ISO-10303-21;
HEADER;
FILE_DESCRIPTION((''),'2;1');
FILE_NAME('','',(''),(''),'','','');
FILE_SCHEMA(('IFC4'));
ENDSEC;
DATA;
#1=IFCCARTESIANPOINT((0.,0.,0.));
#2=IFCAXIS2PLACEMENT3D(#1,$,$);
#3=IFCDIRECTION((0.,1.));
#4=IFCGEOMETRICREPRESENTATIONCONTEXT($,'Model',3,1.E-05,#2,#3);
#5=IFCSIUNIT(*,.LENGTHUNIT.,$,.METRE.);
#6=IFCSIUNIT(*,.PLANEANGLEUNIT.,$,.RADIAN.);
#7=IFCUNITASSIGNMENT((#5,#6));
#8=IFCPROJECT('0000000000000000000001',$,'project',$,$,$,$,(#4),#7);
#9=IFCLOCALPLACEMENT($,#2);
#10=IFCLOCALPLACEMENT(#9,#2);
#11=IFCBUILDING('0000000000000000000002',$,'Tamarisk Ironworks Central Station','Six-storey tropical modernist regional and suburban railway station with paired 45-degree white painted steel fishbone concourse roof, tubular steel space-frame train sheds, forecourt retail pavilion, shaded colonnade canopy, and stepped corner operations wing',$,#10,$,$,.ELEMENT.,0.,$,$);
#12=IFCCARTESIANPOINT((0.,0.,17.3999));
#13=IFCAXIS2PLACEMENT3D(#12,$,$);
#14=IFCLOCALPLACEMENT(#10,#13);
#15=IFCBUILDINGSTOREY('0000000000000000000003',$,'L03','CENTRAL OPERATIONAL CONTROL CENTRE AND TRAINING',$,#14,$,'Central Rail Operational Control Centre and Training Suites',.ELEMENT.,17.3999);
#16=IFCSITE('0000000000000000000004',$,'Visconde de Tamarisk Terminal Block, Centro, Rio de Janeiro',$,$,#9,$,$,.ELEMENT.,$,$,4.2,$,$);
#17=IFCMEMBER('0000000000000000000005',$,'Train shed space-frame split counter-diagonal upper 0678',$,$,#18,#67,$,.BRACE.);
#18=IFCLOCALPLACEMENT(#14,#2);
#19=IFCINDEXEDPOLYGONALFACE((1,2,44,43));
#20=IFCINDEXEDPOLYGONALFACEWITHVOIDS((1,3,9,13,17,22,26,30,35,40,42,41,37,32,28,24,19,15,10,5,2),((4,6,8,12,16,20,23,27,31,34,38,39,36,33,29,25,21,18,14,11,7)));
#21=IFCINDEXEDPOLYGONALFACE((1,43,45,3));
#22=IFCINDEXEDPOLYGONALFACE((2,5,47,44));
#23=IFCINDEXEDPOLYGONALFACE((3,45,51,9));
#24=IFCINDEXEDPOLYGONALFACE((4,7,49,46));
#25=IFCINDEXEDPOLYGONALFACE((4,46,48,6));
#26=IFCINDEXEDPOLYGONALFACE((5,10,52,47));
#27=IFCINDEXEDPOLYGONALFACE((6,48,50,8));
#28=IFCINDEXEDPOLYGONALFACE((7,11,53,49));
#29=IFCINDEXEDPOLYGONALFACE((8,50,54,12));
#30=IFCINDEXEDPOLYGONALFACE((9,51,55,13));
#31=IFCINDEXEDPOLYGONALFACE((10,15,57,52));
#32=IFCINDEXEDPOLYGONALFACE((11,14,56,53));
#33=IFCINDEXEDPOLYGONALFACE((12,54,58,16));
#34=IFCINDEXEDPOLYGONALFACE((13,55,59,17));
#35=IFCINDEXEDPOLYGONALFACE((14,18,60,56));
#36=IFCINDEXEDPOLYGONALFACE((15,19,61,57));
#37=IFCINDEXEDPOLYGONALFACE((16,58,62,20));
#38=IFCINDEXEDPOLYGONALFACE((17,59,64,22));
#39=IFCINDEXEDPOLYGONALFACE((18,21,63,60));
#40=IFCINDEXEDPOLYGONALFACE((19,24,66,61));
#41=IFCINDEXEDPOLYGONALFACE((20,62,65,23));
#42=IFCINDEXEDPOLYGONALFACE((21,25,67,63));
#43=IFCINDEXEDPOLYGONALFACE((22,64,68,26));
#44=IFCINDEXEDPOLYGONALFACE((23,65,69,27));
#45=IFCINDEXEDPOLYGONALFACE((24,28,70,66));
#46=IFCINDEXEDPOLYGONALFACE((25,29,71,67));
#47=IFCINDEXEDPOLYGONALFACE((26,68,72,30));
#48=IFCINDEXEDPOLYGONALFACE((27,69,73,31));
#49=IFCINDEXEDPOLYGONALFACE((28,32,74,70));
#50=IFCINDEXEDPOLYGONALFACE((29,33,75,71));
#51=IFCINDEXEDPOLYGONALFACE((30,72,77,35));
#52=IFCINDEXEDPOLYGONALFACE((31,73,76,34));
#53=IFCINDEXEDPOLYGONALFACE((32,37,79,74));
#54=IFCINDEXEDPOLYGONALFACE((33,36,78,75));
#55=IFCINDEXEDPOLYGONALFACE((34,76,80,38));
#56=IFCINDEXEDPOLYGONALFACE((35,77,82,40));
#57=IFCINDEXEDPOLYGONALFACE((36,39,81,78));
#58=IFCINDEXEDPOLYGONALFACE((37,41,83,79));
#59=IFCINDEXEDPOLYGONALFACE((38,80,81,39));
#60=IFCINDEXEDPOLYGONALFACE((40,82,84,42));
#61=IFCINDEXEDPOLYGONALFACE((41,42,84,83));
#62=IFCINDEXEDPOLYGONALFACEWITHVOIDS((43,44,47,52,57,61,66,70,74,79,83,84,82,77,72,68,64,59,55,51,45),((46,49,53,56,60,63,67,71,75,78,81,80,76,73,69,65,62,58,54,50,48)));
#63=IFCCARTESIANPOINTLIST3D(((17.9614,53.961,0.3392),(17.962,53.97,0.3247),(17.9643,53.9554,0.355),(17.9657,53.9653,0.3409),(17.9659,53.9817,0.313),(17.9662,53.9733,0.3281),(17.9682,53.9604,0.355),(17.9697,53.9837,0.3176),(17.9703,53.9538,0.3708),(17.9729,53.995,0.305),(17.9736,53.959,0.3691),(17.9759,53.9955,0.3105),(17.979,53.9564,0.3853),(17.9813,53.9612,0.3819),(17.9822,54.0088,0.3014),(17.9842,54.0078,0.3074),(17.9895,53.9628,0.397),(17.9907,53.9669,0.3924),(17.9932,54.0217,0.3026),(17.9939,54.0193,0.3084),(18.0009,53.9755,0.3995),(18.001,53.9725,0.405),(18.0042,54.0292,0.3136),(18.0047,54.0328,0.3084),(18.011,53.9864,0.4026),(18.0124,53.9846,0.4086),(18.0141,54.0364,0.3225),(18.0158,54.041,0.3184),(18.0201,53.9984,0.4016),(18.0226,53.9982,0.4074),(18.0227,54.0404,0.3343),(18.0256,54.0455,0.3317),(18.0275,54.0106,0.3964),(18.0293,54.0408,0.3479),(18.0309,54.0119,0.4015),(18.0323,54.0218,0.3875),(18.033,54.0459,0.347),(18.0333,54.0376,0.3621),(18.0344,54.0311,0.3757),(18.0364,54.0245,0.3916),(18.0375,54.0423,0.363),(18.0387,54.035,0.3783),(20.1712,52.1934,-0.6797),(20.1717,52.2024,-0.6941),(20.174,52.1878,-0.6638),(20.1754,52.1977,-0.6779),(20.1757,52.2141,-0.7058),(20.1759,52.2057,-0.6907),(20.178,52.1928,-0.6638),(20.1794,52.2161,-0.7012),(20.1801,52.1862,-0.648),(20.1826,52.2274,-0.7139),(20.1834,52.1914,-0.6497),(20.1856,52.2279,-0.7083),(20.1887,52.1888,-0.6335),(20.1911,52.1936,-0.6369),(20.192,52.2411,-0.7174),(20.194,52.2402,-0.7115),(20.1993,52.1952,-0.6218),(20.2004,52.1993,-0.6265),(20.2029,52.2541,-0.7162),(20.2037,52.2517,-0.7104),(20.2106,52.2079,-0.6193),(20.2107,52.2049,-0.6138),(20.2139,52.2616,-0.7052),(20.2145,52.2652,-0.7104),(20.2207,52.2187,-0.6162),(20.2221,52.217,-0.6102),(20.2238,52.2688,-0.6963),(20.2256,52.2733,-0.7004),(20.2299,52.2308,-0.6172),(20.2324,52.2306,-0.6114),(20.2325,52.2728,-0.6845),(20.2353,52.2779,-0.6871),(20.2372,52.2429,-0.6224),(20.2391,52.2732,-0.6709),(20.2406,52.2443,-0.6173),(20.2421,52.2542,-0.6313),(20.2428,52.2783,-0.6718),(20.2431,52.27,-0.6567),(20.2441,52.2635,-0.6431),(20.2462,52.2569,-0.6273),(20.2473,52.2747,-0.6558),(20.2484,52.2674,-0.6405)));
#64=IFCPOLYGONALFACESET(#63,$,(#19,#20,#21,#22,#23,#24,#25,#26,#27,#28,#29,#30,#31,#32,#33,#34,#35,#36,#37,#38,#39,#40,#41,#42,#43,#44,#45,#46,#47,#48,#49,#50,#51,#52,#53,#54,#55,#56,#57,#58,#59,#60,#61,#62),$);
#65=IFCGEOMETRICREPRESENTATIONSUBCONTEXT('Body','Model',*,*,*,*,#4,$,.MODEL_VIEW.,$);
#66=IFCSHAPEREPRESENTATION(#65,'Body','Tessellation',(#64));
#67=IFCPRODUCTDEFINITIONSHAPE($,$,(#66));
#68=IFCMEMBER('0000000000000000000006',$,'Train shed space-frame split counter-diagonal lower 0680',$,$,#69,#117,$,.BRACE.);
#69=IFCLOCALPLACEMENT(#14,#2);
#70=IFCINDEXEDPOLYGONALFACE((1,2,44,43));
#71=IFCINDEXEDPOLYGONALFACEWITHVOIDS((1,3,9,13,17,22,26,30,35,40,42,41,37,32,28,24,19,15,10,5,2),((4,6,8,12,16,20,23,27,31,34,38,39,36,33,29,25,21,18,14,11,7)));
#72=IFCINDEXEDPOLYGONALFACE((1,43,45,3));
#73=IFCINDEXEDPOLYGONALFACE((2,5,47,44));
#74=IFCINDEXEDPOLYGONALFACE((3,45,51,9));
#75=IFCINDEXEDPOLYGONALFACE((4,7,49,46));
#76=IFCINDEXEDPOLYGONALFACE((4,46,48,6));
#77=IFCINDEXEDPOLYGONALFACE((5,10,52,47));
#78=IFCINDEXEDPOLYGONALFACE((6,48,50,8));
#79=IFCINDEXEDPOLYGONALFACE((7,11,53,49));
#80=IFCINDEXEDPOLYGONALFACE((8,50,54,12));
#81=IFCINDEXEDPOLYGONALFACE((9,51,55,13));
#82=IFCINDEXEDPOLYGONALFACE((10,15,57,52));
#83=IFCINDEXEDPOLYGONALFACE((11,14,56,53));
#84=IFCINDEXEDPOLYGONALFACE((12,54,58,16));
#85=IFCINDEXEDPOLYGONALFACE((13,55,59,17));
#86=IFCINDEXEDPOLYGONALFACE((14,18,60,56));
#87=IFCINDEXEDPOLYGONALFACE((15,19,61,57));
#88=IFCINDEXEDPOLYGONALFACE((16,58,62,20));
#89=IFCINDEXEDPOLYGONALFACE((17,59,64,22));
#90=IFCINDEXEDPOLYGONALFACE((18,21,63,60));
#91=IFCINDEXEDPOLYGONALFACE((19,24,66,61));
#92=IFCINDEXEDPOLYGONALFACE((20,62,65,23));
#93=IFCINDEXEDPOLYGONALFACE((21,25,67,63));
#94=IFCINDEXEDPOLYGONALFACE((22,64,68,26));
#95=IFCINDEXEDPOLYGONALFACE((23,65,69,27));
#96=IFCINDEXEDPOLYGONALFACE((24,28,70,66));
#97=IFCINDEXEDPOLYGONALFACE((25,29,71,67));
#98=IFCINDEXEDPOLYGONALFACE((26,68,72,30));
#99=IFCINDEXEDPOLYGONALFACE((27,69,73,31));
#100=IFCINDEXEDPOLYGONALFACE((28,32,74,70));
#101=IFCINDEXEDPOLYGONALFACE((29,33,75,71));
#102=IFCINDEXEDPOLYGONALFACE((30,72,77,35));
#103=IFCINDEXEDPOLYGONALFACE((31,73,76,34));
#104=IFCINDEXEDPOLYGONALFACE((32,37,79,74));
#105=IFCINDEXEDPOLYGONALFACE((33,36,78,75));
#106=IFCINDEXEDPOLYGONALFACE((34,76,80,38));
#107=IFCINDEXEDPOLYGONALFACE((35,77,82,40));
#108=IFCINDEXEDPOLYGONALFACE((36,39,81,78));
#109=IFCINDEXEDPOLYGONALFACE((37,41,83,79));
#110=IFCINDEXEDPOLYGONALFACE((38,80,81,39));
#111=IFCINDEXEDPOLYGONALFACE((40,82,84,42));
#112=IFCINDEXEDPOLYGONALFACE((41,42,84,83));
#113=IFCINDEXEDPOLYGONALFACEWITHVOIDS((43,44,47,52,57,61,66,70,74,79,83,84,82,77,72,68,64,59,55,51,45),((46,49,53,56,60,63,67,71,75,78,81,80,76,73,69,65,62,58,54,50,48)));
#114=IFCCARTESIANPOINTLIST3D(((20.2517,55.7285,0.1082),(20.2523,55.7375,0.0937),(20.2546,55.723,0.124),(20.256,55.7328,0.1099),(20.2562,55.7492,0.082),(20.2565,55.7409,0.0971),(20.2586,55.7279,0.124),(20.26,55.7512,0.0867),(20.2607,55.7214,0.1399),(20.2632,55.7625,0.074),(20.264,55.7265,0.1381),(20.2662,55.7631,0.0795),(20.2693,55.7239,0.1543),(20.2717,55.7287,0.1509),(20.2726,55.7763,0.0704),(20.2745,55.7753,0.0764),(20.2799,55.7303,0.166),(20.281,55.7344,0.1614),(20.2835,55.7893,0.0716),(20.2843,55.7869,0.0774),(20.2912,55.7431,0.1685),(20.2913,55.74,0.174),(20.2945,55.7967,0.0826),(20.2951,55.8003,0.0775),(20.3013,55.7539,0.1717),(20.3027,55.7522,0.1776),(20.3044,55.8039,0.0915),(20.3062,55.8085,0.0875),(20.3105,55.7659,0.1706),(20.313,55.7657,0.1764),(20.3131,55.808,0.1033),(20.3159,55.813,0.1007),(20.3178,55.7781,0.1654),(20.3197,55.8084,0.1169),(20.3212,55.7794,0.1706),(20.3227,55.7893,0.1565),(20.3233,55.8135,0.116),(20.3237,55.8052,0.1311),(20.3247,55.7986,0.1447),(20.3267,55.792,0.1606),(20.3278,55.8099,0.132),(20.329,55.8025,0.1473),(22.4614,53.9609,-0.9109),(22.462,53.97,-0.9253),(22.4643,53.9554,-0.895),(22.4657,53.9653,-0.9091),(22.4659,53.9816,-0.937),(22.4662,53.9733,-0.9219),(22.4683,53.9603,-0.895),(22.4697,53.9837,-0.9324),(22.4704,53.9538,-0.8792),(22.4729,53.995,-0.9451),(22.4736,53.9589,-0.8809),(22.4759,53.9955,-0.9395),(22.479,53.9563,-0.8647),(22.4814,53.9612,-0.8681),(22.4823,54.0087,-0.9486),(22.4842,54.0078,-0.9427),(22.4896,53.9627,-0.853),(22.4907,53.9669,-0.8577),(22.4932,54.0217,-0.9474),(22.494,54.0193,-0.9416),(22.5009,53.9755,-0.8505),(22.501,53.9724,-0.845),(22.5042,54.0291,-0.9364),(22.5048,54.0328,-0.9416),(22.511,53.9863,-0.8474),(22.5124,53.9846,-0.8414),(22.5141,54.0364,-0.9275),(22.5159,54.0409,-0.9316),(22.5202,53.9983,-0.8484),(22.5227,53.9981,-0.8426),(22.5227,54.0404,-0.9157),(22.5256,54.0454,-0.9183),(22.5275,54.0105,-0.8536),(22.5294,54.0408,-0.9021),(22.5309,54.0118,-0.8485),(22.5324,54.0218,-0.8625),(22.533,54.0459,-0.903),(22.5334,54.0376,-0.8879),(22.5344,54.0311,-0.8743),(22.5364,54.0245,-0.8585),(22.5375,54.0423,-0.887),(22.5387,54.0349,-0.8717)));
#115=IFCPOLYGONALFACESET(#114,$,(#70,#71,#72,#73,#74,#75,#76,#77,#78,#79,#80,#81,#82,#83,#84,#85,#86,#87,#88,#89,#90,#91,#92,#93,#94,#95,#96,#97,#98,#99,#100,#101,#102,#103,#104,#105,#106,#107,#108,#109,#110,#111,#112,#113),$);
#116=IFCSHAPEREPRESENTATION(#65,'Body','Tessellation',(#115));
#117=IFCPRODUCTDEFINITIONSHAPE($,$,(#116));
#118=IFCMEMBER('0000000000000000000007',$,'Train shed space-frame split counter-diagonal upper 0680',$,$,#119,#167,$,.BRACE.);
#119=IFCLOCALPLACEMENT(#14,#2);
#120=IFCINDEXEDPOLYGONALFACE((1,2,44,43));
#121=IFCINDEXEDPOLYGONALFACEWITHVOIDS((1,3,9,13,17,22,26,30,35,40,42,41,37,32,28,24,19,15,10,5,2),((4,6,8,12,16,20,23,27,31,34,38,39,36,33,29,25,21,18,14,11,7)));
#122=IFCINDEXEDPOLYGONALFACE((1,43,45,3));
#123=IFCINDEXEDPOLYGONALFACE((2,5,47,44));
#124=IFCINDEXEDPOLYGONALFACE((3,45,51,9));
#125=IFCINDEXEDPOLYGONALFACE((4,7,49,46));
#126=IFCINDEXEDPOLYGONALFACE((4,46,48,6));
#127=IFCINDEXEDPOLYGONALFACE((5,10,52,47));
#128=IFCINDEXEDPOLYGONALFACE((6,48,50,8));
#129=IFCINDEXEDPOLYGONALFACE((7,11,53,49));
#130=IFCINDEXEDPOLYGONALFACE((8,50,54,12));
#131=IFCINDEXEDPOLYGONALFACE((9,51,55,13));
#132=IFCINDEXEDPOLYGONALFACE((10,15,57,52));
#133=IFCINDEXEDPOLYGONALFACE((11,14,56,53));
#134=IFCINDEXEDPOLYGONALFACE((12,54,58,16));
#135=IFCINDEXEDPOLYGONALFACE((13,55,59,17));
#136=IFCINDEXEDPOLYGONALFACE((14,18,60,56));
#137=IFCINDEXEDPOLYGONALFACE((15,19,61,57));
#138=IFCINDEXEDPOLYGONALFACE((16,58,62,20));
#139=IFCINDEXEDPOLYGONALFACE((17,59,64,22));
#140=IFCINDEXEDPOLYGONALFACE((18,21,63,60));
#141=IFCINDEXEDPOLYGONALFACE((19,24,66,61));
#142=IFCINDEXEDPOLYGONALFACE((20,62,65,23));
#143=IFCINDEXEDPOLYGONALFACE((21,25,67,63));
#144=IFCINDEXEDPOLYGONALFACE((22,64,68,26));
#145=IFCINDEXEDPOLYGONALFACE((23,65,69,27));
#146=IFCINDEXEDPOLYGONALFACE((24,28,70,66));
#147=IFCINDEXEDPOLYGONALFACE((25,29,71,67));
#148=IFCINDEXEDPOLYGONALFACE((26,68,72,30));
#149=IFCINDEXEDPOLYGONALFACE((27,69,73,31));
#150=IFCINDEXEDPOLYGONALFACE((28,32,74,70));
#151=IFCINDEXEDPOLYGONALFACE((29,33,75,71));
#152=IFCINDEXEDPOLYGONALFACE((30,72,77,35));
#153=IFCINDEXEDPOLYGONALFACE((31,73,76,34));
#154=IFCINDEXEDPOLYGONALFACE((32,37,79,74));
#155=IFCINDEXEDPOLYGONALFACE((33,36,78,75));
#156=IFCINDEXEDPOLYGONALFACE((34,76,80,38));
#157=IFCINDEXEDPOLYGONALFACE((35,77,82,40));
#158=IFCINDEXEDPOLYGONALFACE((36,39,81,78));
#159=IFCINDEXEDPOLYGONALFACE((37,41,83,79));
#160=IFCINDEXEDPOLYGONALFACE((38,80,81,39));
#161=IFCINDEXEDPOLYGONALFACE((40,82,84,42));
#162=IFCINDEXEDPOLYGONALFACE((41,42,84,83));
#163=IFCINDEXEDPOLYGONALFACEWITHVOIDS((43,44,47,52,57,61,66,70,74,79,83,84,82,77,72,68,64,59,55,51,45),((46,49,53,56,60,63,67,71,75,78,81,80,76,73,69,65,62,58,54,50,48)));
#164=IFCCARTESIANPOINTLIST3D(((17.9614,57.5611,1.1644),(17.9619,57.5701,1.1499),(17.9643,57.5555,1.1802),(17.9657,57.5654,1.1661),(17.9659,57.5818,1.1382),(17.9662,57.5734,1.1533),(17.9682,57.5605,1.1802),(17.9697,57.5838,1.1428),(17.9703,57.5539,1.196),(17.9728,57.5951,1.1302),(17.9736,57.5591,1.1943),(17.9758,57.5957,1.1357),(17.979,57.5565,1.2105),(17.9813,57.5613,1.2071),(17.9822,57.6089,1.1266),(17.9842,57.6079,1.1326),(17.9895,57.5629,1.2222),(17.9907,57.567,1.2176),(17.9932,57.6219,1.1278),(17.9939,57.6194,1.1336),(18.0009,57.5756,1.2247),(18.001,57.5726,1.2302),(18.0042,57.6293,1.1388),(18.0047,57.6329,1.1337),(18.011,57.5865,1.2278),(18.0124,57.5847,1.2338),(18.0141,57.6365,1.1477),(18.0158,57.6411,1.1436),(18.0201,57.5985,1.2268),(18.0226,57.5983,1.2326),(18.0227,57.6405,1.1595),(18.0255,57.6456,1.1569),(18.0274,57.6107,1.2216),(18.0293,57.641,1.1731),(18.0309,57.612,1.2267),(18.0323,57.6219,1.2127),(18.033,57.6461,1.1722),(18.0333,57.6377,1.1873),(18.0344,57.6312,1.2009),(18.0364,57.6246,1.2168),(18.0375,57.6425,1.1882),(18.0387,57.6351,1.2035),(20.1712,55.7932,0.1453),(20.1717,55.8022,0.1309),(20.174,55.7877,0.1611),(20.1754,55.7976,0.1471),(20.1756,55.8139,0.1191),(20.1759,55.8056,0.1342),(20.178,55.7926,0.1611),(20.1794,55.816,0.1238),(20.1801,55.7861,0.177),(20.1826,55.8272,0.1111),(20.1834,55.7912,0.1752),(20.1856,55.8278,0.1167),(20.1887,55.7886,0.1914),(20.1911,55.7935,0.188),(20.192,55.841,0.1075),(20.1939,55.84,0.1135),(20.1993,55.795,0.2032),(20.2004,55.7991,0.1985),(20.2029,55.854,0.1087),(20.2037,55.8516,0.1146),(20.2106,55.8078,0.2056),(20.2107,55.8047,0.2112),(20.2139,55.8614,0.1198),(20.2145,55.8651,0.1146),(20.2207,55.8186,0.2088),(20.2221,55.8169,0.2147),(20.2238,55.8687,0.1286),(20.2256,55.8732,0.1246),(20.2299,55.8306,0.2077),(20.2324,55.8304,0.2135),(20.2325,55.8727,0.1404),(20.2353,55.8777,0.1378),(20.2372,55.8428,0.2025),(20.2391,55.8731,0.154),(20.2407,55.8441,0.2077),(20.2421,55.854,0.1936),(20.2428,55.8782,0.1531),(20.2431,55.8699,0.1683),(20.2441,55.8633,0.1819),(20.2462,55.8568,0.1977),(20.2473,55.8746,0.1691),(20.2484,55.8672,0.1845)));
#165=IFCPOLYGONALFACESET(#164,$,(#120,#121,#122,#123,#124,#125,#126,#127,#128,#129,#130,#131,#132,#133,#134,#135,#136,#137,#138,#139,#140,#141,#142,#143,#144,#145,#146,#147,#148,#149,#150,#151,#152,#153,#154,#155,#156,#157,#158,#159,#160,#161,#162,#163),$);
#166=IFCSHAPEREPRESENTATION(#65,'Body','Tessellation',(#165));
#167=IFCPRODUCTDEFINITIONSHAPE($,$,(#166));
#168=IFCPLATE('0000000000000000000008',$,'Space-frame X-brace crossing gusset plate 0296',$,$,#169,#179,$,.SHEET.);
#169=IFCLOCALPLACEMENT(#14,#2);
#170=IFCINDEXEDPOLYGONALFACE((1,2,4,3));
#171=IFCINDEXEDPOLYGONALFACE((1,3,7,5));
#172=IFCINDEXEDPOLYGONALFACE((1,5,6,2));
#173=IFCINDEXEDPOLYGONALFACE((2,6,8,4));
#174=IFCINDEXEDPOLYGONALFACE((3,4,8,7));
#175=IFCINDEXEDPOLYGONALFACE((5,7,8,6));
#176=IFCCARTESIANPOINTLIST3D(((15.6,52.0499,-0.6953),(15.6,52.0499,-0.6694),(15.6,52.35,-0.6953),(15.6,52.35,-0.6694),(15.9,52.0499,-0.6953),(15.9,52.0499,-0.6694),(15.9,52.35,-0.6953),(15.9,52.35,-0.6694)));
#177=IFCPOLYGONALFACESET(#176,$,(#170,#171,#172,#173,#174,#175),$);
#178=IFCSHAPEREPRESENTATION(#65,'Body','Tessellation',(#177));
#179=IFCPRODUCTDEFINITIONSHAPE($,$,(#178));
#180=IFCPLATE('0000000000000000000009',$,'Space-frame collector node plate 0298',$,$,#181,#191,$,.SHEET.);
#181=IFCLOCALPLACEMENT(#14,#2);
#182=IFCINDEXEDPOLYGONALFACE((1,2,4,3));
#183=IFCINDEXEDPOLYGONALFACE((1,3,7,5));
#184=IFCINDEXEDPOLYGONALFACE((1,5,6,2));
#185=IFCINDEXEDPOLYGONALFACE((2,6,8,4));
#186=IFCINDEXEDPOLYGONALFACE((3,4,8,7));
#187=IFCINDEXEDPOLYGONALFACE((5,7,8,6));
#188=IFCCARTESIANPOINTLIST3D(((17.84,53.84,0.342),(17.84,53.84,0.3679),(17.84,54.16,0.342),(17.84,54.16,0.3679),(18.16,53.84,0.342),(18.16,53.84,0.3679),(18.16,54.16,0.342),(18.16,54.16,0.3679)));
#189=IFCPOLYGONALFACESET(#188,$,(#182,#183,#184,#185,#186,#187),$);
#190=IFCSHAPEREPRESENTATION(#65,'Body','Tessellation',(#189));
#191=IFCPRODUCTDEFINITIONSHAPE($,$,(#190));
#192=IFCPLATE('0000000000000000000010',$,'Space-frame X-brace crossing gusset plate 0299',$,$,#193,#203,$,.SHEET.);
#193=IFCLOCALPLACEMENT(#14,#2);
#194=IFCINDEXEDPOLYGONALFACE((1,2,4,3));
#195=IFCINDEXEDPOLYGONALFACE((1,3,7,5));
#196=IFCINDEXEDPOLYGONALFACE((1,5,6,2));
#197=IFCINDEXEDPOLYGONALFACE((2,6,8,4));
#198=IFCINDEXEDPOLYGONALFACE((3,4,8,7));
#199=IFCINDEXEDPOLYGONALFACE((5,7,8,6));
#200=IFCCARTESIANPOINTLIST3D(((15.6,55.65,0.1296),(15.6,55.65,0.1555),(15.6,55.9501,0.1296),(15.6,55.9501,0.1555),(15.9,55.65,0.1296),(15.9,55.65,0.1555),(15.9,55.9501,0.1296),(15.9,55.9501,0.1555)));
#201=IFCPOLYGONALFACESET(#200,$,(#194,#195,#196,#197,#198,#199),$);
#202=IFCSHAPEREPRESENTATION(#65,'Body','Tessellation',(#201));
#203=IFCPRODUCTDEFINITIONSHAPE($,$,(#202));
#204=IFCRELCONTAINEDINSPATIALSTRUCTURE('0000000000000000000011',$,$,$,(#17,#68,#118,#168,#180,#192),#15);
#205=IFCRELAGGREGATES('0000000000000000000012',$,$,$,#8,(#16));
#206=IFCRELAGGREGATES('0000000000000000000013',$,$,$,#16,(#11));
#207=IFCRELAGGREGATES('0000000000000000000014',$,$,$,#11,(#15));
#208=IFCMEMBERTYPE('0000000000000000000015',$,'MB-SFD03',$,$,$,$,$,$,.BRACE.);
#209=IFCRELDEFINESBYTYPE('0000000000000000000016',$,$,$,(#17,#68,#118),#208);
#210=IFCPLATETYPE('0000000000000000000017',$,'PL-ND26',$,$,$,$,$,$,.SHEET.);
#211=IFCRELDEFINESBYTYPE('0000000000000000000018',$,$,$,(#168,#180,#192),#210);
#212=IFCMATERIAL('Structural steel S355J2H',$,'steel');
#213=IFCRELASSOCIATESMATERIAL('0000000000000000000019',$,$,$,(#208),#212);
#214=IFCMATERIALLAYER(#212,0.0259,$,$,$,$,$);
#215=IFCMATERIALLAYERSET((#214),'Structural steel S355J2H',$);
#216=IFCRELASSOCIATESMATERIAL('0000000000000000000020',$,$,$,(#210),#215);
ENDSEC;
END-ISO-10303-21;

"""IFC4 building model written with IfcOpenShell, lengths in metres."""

from ifc_helpers import new_model, si_unit, direction, frame, origin, origin_2d, place, context, subcontext, project, spatial, rectangle, hollow_circle, extrude, material, layer, layer_set, material_profile, profile_set, type_object, element, save


model = new_model("IFC4")

# Units and contexts
model_context = context("Model", 3, precision=1e-05, world=origin(), true_north=direction((0.0, 1.0)))
body_context = subcontext(model_context, "Body", "Model", "MODEL_VIEW")
ifc_project = project(units=[si_unit("LENGTHUNIT", "METRE"), si_unit("PLANEANGLEUNIT", "RADIAN")], contexts=[model_context])

# Site, building, storey
site_placement = place(None, origin())
site = spatial("IfcSite", under=ifc_project, at=site_placement, Name="Visconde de Tamarisk Terminal Block, Centro, Rio de Janeiro", CompositionType="ELEMENT", RefElevation=4.2)
building_placement = place(site_placement, origin())
building = spatial("IfcBuilding", under=site, at=building_placement, Name="Tamarisk Ironworks Central Station", Description="Six-storey tropical modernist regional and suburban railway station with paired 45-degree white painted steel fishbone concourse roof, tubular steel space-frame train sheds, forecourt retail pavilion, shaded colonnade canopy, and stepped corner operations wing", CompositionType="ELEMENT", ElevationOfRefHeight=0.0)
storey_placement = place(building_placement, frame((0.0, 0.0, 17.3999)))
storey = spatial("IfcBuildingStorey", under=building, at=storey_placement, Name="L03", Description="CENTRAL OPERATIONAL CONTROL CENTRE AND TRAINING", LongName="Central Rail Operational Control Centre and Training Suites", CompositionType="ELEMENT", Elevation=17.3999)

# Members
ifc_material_1 = material(Name="Structural steel S355J2H", Category="steel")
ifc_material_profile_1 = material_profile(ifc_material_1, hollow_circle(Radius=0.0571, WallThickness=0.0063, at=origin_2d()), Name="CHS 114.3x6.3")
ifc_profile_set_1 = profile_set([ifc_material_profile_1], Name="Structural steel S355J2H")
member_type_1 = type_object("IfcMemberType", Name="MB-SFD03", PredefinedType="BRACE", material=ifc_profile_set_1)
for number, where, z_axis, x_axis, name in (
    (1, (20.2097, 52.2324, -0.6638), (-0.734732, 0.587721, 0.338751), (-0.624653, -0.780902, 0.0), "Train shed space-frame split counter-diagonal upper 0678"),
    (2, (22.5, 54.0, -0.895), (-0.734712, 0.587705, 0.338823), (-0.624653, -0.780902, 0.0), "Train shed space-frame split counter-diagonal lower 0680"),
):
    element("IfcMember", number, at=place(storey_placement, frame(where, z_axis=z_axis, x_axis=x_axis)), inside=storey, type_object=member_type_1, Name=name, PredefinedType="BRACE", context=body_context, shape_type="SweptSolid", body=[
        extrude(hollow_circle(Radius=0.0571, WallThickness=0.0063, at=origin_2d()), origin(), (0.0, 0.0, 1.0), 3.0076),
    ])
member_1_placement = place(storey_placement, frame((20.2097, 55.8323, 0.1611), z_axis=(-0.734677, 0.587758, 0.338807), x_axis=(-0.624706, -0.78086, 0.0)))
element("IfcMember", 3, at=member_1_placement, inside=storey, type_object=member_type_1, Name="Train shed space-frame split counter-diagonal upper 0680", PredefinedType="BRACE", context=body_context, shape_type="SweptSolid", body=[
    extrude(hollow_circle(Radius=0.0571, WallThickness=0.0063, at=origin_2d()), origin(), (0.0, 0.0, 1.0), 3.0078),
])

# Plates
ifc_layer = layer(ifc_material_1, 0.0259)
ifc_layer_set = layer_set([ifc_layer], Name="Structural steel S355J2H")
plate_type = type_object("IfcPlateType", Name="PL-ND26", PredefinedType="SHEET", material=ifc_layer_set)
plate_1_placement = place(storey_placement, frame((15.75, 52.2, -0.6953), z_axis=(0.0, 0.0, 1.0), x_axis=(1.0, 0.0, 0.0)))
element("IfcPlate", 4, at=plate_1_placement, inside=storey, type_object=plate_type, Name="Space-frame X-brace crossing gusset plate 0296", PredefinedType="SHEET", context=body_context, shape_type="SweptSolid", body=[
    extrude(rectangle(XDim=0.3, YDim=0.3, at=origin_2d()), origin(), (0.0, 0.0, 1.0), 0.0259),
])
plate_2_placement = place(storey_placement, frame((18.0, 54.0, 0.342), z_axis=(0.0, 0.0, 1.0), x_axis=(1.0, 0.0, 0.0)))
element("IfcPlate", 5, at=plate_2_placement, inside=storey, type_object=plate_type, Name="Space-frame collector node plate 0298", PredefinedType="SHEET", context=body_context, shape_type="SweptSolid", body=[
    extrude(rectangle(XDim=0.3201, YDim=0.3201, at=origin_2d()), origin(), (0.0, 0.0, 1.0), 0.0259),
])
plate_3_placement = place(storey_placement, frame((15.75, 55.8, 0.1296), z_axis=(0.0, 0.0, 1.0), x_axis=(1.0, 0.0, 0.0)))
element("IfcPlate", 6, at=plate_3_placement, inside=storey, type_object=plate_type, Name="Space-frame X-brace crossing gusset plate 0299", PredefinedType="SHEET", context=body_context, shape_type="SweptSolid", body=[
    extrude(rectangle(XDim=0.3, YDim=0.3, at=origin_2d()), origin(), (0.0, 0.0, 1.0), 0.0259),
])

save(model, "model.ifc")
